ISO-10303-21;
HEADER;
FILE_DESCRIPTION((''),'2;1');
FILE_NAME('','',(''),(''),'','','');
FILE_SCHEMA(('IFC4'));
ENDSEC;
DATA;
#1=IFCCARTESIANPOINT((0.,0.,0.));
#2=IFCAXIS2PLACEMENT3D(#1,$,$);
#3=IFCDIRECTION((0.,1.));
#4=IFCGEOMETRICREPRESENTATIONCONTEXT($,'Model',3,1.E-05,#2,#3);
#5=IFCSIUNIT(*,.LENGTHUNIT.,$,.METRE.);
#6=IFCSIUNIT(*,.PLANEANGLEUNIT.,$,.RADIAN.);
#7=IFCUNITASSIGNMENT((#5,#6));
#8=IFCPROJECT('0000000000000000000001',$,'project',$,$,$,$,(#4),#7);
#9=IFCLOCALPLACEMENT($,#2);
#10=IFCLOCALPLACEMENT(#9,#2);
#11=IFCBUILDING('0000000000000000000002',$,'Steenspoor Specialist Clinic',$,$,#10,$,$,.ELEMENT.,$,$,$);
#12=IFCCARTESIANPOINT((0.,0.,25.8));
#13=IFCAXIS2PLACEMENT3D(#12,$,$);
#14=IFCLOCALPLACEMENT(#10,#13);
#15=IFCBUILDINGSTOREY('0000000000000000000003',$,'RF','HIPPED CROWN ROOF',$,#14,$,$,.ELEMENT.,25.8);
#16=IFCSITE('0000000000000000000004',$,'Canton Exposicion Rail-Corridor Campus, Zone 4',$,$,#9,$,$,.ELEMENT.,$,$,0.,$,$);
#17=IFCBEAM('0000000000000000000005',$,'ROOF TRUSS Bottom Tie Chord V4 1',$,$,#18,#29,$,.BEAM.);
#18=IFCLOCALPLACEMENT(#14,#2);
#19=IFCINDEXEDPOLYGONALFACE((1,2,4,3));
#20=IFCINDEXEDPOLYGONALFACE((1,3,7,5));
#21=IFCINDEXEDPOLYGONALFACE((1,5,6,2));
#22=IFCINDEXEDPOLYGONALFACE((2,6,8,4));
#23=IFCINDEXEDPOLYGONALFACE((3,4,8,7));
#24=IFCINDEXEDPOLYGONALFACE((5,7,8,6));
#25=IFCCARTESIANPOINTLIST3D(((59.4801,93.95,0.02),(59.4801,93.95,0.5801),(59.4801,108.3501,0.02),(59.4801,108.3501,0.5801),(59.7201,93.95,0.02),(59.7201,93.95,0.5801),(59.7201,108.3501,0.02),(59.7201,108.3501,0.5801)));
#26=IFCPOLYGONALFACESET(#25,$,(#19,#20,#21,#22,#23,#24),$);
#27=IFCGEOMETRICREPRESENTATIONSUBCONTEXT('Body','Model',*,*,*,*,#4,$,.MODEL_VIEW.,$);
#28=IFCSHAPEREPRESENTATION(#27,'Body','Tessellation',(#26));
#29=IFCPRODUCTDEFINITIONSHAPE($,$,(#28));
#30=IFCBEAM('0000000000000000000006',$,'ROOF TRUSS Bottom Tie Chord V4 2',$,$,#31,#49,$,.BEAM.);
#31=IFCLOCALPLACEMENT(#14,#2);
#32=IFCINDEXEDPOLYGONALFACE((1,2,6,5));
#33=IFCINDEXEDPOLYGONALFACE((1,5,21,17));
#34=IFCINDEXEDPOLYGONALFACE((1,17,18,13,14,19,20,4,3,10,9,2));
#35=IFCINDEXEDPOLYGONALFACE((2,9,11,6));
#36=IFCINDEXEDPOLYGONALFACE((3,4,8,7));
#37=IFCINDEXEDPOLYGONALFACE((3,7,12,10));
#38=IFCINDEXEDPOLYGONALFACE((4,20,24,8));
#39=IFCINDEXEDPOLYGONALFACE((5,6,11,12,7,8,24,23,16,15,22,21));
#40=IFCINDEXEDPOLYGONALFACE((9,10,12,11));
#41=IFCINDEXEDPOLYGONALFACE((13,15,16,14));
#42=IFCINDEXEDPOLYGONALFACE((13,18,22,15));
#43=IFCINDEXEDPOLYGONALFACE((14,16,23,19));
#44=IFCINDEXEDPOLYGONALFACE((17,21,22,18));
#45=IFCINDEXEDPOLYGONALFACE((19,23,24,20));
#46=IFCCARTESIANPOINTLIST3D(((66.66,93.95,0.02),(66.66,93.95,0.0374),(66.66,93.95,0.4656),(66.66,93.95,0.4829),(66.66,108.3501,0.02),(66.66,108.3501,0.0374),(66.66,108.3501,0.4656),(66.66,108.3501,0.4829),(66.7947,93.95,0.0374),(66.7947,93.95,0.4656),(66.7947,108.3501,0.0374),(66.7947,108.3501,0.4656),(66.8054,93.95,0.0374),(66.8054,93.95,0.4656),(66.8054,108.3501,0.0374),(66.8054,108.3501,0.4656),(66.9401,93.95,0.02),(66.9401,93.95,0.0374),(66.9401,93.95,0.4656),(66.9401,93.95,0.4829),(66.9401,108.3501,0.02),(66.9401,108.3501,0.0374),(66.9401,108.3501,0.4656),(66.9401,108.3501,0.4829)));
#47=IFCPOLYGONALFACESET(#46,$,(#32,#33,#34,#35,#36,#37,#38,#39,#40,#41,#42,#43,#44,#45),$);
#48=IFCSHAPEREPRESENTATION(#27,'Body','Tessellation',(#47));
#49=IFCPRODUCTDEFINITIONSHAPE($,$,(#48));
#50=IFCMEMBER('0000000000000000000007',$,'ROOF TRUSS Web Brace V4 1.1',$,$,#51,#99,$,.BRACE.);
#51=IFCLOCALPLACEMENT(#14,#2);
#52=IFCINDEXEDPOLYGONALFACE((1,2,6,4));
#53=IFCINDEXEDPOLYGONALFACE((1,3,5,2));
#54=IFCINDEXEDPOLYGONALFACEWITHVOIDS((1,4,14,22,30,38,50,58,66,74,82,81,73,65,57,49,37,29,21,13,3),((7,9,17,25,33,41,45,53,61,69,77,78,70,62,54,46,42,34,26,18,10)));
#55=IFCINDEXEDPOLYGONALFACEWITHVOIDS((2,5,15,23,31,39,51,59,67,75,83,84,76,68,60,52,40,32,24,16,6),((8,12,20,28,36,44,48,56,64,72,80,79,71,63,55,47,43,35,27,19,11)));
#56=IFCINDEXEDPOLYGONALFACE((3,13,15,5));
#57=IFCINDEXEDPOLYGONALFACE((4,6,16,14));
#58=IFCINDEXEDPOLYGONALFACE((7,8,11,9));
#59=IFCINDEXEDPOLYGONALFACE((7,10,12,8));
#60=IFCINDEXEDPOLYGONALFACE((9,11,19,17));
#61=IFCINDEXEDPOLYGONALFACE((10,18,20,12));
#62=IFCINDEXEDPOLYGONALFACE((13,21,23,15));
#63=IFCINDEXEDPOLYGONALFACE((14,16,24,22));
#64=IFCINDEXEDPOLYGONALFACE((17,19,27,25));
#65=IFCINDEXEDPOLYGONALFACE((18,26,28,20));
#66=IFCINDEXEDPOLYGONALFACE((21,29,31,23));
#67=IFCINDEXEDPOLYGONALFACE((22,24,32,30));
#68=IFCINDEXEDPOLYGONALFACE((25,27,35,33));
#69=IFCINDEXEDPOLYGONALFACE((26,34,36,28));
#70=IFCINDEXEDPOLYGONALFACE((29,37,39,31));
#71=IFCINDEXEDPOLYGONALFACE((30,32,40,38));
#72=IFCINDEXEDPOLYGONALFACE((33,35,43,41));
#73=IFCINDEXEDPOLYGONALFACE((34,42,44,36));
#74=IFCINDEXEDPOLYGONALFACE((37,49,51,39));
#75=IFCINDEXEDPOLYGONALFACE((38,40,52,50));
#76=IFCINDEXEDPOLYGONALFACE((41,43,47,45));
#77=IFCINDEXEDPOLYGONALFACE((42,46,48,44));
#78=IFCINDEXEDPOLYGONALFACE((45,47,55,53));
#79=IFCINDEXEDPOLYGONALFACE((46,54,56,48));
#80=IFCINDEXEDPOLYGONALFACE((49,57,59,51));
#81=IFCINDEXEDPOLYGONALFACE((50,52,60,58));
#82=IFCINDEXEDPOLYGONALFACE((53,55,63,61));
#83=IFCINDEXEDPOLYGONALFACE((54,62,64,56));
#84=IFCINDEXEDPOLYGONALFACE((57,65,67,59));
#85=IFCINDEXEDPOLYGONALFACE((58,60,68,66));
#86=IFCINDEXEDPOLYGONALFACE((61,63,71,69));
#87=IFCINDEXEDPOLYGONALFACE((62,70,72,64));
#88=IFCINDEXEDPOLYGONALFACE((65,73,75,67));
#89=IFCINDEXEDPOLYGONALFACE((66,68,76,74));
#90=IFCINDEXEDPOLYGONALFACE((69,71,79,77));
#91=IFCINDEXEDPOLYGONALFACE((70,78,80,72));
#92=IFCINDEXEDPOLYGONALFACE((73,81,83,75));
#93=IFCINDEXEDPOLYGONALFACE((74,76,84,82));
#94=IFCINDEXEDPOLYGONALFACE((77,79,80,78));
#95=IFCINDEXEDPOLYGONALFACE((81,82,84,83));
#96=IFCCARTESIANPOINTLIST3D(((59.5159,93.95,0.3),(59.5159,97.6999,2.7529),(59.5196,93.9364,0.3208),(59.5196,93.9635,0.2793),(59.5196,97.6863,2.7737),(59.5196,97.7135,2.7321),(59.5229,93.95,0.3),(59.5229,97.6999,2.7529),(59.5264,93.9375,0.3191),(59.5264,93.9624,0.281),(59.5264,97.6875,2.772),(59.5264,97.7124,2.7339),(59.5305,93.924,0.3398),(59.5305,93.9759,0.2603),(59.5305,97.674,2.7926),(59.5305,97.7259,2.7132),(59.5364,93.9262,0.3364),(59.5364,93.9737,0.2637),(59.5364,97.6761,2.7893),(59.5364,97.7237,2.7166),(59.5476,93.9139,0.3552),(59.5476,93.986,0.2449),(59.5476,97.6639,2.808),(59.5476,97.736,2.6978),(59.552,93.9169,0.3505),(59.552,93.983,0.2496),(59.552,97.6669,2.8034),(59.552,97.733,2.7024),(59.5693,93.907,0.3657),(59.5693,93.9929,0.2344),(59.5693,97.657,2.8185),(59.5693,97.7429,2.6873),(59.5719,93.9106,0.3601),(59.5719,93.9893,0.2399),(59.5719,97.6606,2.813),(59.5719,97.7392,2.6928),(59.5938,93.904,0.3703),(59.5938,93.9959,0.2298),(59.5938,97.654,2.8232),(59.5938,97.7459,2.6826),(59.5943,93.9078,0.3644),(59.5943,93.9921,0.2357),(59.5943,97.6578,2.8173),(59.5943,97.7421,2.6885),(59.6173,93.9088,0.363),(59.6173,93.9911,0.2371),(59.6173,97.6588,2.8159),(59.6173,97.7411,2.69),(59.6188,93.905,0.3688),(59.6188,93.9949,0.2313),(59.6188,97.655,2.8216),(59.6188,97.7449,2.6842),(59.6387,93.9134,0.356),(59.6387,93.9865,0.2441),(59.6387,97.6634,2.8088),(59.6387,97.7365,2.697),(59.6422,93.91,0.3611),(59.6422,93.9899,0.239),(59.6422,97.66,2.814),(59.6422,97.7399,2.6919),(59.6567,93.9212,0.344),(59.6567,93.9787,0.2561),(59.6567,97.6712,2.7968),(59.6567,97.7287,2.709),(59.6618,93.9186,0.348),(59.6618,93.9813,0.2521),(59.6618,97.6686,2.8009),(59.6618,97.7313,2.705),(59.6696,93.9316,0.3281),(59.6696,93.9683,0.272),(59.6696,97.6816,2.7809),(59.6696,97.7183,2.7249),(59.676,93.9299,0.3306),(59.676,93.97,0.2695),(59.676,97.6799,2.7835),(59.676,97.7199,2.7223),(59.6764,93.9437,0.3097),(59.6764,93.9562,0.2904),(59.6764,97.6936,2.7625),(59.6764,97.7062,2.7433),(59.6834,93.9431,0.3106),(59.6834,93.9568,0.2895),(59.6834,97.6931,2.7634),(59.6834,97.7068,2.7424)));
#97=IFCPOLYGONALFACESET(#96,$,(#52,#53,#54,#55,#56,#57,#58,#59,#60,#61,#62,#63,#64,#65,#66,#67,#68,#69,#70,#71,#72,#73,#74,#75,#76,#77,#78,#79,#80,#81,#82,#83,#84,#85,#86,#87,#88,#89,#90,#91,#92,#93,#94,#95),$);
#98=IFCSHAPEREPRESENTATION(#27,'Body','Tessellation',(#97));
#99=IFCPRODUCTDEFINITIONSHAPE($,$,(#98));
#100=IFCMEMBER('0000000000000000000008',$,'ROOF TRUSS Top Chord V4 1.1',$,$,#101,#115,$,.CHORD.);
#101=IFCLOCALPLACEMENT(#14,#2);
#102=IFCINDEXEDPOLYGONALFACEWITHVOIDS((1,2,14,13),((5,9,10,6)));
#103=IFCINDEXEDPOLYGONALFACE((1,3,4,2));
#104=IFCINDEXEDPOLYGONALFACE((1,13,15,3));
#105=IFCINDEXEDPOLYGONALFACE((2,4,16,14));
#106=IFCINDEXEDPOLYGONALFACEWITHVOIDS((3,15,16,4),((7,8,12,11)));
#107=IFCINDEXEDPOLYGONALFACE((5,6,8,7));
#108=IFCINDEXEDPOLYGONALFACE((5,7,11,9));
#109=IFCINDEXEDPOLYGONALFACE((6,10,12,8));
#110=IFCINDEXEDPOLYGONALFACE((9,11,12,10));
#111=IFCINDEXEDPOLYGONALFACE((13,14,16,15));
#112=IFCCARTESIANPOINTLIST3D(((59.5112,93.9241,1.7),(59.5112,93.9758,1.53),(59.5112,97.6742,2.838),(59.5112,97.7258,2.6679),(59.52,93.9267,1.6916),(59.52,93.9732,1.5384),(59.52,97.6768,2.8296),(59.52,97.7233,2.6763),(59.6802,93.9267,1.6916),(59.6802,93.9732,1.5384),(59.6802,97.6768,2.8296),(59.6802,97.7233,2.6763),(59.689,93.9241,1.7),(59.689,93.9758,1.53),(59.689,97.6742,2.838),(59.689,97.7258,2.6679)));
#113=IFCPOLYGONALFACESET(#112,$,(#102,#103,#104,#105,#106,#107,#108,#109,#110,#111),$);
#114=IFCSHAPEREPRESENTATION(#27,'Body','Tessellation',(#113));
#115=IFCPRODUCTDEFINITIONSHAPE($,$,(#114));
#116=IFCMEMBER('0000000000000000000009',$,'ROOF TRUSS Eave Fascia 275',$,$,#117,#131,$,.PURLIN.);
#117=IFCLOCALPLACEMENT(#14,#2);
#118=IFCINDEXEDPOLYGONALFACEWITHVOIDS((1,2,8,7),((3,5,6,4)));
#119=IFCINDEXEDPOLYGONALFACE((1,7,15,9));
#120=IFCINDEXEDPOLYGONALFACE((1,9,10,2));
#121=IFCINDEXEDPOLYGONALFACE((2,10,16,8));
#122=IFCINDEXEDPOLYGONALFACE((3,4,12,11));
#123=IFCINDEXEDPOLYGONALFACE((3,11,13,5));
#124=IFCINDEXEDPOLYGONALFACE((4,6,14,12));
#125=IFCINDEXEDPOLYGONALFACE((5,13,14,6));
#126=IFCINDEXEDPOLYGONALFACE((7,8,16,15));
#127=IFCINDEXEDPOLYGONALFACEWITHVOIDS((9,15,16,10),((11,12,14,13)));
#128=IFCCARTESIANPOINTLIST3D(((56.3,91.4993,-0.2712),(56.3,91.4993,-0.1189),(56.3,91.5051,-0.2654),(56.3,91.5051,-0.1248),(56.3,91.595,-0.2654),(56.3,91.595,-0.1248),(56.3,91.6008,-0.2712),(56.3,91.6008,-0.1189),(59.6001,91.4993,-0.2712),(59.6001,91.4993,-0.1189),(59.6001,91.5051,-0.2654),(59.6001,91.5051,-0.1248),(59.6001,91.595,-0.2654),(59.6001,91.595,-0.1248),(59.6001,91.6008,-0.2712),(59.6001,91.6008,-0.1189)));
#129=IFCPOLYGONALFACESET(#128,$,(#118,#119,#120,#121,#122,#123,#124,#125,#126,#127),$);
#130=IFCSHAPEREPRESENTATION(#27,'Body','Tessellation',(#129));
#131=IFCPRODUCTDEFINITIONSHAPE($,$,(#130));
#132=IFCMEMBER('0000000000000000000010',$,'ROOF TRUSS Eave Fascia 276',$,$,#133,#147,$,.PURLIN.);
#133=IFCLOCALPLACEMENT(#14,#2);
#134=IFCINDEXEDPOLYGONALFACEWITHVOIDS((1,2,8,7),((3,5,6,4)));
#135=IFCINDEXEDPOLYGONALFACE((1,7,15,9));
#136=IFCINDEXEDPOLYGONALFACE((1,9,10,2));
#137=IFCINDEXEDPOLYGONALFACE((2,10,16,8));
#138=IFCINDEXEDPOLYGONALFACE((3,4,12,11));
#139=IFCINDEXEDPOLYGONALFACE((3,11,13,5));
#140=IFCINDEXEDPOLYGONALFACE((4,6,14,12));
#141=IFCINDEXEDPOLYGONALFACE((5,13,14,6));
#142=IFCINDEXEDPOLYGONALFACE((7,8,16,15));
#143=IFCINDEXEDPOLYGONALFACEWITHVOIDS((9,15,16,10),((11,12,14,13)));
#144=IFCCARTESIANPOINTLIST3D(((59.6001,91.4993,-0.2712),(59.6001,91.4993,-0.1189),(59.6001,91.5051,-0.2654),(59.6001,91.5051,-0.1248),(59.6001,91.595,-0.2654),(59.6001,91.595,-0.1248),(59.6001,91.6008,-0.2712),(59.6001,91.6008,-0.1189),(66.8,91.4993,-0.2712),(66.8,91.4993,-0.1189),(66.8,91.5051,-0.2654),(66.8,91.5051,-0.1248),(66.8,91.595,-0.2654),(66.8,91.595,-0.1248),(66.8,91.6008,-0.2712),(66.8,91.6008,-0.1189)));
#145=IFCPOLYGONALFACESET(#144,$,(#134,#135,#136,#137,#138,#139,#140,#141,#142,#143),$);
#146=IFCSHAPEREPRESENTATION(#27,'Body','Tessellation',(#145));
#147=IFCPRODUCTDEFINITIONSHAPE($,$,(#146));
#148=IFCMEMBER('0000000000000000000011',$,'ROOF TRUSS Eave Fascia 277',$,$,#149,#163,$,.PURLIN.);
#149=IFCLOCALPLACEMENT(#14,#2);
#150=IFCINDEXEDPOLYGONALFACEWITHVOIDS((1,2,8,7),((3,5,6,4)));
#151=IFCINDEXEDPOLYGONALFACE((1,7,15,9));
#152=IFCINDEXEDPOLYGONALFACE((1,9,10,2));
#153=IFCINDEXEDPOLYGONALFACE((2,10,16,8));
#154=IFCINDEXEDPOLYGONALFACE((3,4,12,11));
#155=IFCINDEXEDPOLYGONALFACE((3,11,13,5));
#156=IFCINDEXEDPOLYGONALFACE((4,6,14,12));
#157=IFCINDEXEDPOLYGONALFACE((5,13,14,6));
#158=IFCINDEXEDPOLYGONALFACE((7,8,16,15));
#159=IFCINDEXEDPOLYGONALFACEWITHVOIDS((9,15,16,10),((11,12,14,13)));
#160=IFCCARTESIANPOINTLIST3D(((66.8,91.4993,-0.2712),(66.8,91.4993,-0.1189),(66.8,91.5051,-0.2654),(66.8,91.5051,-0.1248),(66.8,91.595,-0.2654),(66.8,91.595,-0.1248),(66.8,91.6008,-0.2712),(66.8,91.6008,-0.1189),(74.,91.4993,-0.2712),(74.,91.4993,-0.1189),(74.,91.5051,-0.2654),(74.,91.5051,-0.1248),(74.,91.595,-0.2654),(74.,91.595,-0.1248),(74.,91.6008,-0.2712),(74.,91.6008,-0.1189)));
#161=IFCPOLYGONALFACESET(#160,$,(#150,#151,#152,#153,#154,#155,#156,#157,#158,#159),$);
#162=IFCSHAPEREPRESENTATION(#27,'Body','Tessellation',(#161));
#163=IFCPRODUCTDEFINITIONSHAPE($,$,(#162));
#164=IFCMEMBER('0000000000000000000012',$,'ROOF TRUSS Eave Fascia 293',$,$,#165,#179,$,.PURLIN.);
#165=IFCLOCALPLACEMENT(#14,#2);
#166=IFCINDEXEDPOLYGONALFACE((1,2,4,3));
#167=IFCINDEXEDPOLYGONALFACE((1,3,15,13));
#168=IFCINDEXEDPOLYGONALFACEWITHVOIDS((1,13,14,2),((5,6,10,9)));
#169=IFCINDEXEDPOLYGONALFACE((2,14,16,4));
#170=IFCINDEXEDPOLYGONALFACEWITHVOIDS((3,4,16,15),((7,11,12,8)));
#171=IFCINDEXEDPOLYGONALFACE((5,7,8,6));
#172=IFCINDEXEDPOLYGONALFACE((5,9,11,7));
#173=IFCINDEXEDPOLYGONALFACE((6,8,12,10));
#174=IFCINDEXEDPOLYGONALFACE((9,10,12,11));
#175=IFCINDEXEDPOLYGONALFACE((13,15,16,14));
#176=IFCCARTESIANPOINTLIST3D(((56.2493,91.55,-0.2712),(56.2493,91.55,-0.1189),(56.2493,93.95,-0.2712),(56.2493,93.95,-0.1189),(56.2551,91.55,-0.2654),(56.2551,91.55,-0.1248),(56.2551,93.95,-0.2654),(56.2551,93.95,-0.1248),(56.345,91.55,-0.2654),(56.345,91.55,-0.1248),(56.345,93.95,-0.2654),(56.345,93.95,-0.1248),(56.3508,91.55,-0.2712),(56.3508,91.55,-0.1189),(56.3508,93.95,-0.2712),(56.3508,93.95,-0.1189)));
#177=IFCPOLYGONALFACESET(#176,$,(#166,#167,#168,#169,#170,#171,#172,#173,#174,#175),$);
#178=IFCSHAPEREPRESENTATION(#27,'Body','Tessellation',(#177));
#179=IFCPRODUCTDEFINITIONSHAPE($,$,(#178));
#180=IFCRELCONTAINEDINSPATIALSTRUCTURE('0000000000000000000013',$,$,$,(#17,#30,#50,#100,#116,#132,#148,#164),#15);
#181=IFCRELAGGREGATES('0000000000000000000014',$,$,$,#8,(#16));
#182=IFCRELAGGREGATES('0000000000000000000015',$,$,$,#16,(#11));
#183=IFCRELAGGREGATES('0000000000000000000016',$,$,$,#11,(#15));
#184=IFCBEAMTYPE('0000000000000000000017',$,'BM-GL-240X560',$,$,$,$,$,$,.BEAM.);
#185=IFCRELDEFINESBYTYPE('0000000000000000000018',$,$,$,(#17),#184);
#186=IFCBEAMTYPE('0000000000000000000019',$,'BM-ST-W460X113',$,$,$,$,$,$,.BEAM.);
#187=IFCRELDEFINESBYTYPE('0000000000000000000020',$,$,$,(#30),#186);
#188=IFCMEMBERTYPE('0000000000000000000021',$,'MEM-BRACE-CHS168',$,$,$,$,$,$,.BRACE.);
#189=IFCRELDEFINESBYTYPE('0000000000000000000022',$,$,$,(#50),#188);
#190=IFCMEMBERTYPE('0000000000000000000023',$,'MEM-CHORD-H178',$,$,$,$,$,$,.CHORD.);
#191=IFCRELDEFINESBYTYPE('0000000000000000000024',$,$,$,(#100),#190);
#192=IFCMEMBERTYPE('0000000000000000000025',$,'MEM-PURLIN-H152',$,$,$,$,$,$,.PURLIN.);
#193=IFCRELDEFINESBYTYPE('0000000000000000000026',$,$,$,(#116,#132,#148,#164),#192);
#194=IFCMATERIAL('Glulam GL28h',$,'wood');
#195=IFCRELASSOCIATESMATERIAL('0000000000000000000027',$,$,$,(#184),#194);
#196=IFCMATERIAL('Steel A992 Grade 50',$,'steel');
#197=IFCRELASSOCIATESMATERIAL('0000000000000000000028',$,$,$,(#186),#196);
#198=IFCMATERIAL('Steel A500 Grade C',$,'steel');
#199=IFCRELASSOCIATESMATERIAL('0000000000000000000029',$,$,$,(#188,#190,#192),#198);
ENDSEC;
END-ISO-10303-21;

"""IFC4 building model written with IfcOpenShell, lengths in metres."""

from ifc_helpers import new_model, si_unit, direction, frame, origin, origin_2d, place, context, subcontext, project, spatial, rectangle, hollow_rectangle, hollow_circle, i_section, extrude, material, material_profile, profile_set, type_object, element, save


model = new_model("IFC4")

# Units and contexts
model_context = context("Model", 3, precision=1e-05, world=origin(), true_north=direction((0.0, 1.0)))
body_context = subcontext(model_context, "Body", "Model", "MODEL_VIEW")
ifc_project = project(units=[si_unit("LENGTHUNIT", "METRE"), si_unit("PLANEANGLEUNIT", "RADIAN")], contexts=[model_context])

# Site, building, storey
site_placement = place(None, origin())
site = spatial("IfcSite", under=ifc_project, at=site_placement, Name="Canton Exposicion Rail-Corridor Campus, Zone 4", CompositionType="ELEMENT", RefElevation=0.0)
building_placement = place(site_placement, origin())
building = spatial("IfcBuilding", under=site, at=building_placement, Name="Steenspoor Specialist Clinic", CompositionType="ELEMENT")
storey_placement = place(building_placement, frame((0.0, 0.0, 25.8)))
storey = spatial("IfcBuildingStorey", under=building, at=storey_placement, Name="RF", Description="HIPPED CROWN ROOF", CompositionType="ELEMENT", Elevation=25.8)

# Beams
ifc_material_1 = material(Name="Glulam GL28h", Category="wood")
ifc_material_profile_1 = material_profile(ifc_material_1, rectangle(XDim=0.24, YDim=0.5601, at=origin_2d()), Name="GL28H-240X560")
ifc_profile_set_1 = profile_set([ifc_material_profile_1], Name="Glulam GL28h")
beam_type_1 = type_object("IfcBeamType", Name="BM-GL-240X560", PredefinedType="BEAM", material=ifc_profile_set_1)
beam_1_placement = place(storey_placement, frame((59.6001, 93.95, 0.3), z_axis=(0.0, 1.0, 0.0), x_axis=(-1.0, 0.0, 0.0)))
element("IfcBeam", 1, at=beam_1_placement, inside=storey, type_object=beam_type_1, Name="ROOF TRUSS Bottom Tie Chord V4 1", PredefinedType="BEAM", context=body_context, shape_type="SweptSolid", body=[
    extrude(rectangle(XDim=0.24, YDim=0.5601, at=origin_2d()), origin(), (0.0, 0.0, 1.0), 14.4001),
])
ifc_material_2 = material(Name="Steel A992 Grade 50", Category="steel")
ifc_material_profile_2 = material_profile(ifc_material_2, i_section(OverallWidth=0.28, OverallDepth=0.4629, WebThickness=0.0107, FlangeThickness=0.0173, at=origin_2d()), Name="W460X113")
ifc_profile_set_2 = profile_set([ifc_material_profile_2], Name="Steel A992 Grade 50")
beam_type_2 = type_object("IfcBeamType", Name="BM-ST-W460X113", PredefinedType="BEAM", material=ifc_profile_set_2)
beam_2_placement = place(storey_placement, frame((66.8, 93.95, 0.2515), z_axis=(0.0, 1.0, 0.0), x_axis=(-1.0, 0.0, 0.0)))
element("IfcBeam", 2, at=beam_2_placement, inside=storey, type_object=beam_type_2, Name="ROOF TRUSS Bottom Tie Chord V4 2", PredefinedType="BEAM", context=body_context, shape_type="SweptSolid", body=[
    extrude(i_section(OverallWidth=0.28, OverallDepth=0.4629, WebThickness=0.0107, FlangeThickness=0.0173, at=origin_2d()), origin(), (0.0, 0.0, 1.0), 14.4001),
])

# Members
ifc_material_3 = material(Name="Steel A500 Grade C", Category="steel")
ifc_material_profile_3 = material_profile(ifc_material_3, hollow_circle(Radius=0.0842, WallThickness=0.0071, at=origin_2d()), Name="CHS168X7.1")
ifc_profile_set_3 = profile_set([ifc_material_profile_3], Name="Steel A500 Grade C")
member_type_1 = type_object("IfcMemberType", Name="MEM-BRACE-CHS168", PredefinedType="BRACE", material=ifc_profile_set_3)
member_1_placement = place(storey_placement, frame((59.6001, 93.95, 0.3), z_axis=(0.0, 0.836872, 0.547399), x_axis=(-1.0, 0.0, 0.0)))
element("IfcMember", 3, at=member_1_placement, inside=storey, type_object=member_type_1, Name="ROOF TRUSS Web Brace V4 1.1", PredefinedType="BRACE", context=body_context, shape_type="SweptSolid", body=[
    extrude(hollow_circle(Radius=0.0842, WallThickness=0.0071, at=origin_2d()), origin(), (0.0, 0.0, 1.0), 4.481),
])
ifc_material_profile_4 = material_profile(ifc_material_3, hollow_rectangle(XDim=0.1777, YDim=0.1777, WallThickness=0.0088, at=origin_2d()), Name="HSS178X178X9.5")
ifc_profile_set_4 = profile_set([ifc_material_profile_4], Name="Steel A500 Grade C")
member_type_2 = type_object("IfcMemberType", Name="MEM-CHORD-H178", PredefinedType="CHORD", material=ifc_profile_set_4)
member_2_placement = place(storey_placement, frame((59.6001, 93.95, 1.615), z_axis=(0.0, 0.956913, 0.290376), x_axis=(-1.0, 0.0, 0.0)))
element("IfcMember", 4, at=member_2_placement, inside=storey, type_object=member_type_2, Name="ROOF TRUSS Top Chord V4 1.1", PredefinedType="CHORD", context=body_context, shape_type="SweptSolid", body=[
    extrude(hollow_rectangle(XDim=0.1777, YDim=0.1777, WallThickness=0.0088, at=origin_2d()), origin(), (0.0, 0.0, 1.0), 3.9189),
])
ifc_material_profile_5 = material_profile(ifc_material_3, hollow_rectangle(XDim=0.1016, YDim=0.1523, WallThickness=0.0059, at=origin_2d()), Name="HSS152X102X6.4")
ifc_profile_set_5 = profile_set([ifc_material_profile_5], Name="Steel A500 Grade C")
member_type_3 = type_object("IfcMemberType", Name="MEM-PURLIN-H152", PredefinedType="PURLIN", material=ifc_profile_set_5)
member_3_placement = place(storey_placement, frame((56.3, 91.55, -0.1951), z_axis=(1.0, 0.0, 0.0), x_axis=(0.0, 1.0, 0.0)))
element("IfcMember", 5, at=member_3_placement, inside=storey, type_object=member_type_3, Name="ROOF TRUSS Eave Fascia 275", PredefinedType="PURLIN", context=body_context, shape_type="SweptSolid", body=[
    extrude(hollow_rectangle(XDim=0.1016, YDim=0.1523, WallThickness=0.0059, at=origin_2d()), origin(), (0.0, 0.0, 1.0), 3.3),
])
for number, where, z_axis, x_axis, name in (
    (6, (59.6001, 91.55, -0.1951), (1.0, 0.0, 0.0), (0.0, 1.0, 0.0), "ROOF TRUSS Eave Fascia 276"),
    (7, (66.8, 91.55, -0.1951), (1.0, 0.0, 0.0), (0.0, 1.0, 0.0), "ROOF TRUSS Eave Fascia 277"),
):
    element("IfcMember", number, at=place(storey_placement, frame(where, z_axis=z_axis, x_axis=x_axis)), inside=storey, type_object=member_type_3, Name=name, PredefinedType="PURLIN", context=body_context, shape_type="SweptSolid", body=[
        extrude(hollow_rectangle(XDim=0.1016, YDim=0.1523, WallThickness=0.0059, at=origin_2d()), origin(), (0.0, 0.0, 1.0), 7.2),
    ])
member_4_placement = place(storey_placement, frame((56.3, 91.55, -0.1951), z_axis=(0.0, 1.0, 0.0), x_axis=(-1.0, 0.0, 0.0)))
element("IfcMember", 8, at=member_4_placement, inside=storey, type_object=member_type_3, Name="ROOF TRUSS Eave Fascia 293", PredefinedType="PURLIN", context=body_context, shape_type="SweptSolid", body=[
    extrude(hollow_rectangle(XDim=0.1016, YDim=0.1523, WallThickness=0.0059, at=origin_2d()), origin(), (0.0, 0.0, 1.0), 2.3999),
])

save(model, "model.ifc")
